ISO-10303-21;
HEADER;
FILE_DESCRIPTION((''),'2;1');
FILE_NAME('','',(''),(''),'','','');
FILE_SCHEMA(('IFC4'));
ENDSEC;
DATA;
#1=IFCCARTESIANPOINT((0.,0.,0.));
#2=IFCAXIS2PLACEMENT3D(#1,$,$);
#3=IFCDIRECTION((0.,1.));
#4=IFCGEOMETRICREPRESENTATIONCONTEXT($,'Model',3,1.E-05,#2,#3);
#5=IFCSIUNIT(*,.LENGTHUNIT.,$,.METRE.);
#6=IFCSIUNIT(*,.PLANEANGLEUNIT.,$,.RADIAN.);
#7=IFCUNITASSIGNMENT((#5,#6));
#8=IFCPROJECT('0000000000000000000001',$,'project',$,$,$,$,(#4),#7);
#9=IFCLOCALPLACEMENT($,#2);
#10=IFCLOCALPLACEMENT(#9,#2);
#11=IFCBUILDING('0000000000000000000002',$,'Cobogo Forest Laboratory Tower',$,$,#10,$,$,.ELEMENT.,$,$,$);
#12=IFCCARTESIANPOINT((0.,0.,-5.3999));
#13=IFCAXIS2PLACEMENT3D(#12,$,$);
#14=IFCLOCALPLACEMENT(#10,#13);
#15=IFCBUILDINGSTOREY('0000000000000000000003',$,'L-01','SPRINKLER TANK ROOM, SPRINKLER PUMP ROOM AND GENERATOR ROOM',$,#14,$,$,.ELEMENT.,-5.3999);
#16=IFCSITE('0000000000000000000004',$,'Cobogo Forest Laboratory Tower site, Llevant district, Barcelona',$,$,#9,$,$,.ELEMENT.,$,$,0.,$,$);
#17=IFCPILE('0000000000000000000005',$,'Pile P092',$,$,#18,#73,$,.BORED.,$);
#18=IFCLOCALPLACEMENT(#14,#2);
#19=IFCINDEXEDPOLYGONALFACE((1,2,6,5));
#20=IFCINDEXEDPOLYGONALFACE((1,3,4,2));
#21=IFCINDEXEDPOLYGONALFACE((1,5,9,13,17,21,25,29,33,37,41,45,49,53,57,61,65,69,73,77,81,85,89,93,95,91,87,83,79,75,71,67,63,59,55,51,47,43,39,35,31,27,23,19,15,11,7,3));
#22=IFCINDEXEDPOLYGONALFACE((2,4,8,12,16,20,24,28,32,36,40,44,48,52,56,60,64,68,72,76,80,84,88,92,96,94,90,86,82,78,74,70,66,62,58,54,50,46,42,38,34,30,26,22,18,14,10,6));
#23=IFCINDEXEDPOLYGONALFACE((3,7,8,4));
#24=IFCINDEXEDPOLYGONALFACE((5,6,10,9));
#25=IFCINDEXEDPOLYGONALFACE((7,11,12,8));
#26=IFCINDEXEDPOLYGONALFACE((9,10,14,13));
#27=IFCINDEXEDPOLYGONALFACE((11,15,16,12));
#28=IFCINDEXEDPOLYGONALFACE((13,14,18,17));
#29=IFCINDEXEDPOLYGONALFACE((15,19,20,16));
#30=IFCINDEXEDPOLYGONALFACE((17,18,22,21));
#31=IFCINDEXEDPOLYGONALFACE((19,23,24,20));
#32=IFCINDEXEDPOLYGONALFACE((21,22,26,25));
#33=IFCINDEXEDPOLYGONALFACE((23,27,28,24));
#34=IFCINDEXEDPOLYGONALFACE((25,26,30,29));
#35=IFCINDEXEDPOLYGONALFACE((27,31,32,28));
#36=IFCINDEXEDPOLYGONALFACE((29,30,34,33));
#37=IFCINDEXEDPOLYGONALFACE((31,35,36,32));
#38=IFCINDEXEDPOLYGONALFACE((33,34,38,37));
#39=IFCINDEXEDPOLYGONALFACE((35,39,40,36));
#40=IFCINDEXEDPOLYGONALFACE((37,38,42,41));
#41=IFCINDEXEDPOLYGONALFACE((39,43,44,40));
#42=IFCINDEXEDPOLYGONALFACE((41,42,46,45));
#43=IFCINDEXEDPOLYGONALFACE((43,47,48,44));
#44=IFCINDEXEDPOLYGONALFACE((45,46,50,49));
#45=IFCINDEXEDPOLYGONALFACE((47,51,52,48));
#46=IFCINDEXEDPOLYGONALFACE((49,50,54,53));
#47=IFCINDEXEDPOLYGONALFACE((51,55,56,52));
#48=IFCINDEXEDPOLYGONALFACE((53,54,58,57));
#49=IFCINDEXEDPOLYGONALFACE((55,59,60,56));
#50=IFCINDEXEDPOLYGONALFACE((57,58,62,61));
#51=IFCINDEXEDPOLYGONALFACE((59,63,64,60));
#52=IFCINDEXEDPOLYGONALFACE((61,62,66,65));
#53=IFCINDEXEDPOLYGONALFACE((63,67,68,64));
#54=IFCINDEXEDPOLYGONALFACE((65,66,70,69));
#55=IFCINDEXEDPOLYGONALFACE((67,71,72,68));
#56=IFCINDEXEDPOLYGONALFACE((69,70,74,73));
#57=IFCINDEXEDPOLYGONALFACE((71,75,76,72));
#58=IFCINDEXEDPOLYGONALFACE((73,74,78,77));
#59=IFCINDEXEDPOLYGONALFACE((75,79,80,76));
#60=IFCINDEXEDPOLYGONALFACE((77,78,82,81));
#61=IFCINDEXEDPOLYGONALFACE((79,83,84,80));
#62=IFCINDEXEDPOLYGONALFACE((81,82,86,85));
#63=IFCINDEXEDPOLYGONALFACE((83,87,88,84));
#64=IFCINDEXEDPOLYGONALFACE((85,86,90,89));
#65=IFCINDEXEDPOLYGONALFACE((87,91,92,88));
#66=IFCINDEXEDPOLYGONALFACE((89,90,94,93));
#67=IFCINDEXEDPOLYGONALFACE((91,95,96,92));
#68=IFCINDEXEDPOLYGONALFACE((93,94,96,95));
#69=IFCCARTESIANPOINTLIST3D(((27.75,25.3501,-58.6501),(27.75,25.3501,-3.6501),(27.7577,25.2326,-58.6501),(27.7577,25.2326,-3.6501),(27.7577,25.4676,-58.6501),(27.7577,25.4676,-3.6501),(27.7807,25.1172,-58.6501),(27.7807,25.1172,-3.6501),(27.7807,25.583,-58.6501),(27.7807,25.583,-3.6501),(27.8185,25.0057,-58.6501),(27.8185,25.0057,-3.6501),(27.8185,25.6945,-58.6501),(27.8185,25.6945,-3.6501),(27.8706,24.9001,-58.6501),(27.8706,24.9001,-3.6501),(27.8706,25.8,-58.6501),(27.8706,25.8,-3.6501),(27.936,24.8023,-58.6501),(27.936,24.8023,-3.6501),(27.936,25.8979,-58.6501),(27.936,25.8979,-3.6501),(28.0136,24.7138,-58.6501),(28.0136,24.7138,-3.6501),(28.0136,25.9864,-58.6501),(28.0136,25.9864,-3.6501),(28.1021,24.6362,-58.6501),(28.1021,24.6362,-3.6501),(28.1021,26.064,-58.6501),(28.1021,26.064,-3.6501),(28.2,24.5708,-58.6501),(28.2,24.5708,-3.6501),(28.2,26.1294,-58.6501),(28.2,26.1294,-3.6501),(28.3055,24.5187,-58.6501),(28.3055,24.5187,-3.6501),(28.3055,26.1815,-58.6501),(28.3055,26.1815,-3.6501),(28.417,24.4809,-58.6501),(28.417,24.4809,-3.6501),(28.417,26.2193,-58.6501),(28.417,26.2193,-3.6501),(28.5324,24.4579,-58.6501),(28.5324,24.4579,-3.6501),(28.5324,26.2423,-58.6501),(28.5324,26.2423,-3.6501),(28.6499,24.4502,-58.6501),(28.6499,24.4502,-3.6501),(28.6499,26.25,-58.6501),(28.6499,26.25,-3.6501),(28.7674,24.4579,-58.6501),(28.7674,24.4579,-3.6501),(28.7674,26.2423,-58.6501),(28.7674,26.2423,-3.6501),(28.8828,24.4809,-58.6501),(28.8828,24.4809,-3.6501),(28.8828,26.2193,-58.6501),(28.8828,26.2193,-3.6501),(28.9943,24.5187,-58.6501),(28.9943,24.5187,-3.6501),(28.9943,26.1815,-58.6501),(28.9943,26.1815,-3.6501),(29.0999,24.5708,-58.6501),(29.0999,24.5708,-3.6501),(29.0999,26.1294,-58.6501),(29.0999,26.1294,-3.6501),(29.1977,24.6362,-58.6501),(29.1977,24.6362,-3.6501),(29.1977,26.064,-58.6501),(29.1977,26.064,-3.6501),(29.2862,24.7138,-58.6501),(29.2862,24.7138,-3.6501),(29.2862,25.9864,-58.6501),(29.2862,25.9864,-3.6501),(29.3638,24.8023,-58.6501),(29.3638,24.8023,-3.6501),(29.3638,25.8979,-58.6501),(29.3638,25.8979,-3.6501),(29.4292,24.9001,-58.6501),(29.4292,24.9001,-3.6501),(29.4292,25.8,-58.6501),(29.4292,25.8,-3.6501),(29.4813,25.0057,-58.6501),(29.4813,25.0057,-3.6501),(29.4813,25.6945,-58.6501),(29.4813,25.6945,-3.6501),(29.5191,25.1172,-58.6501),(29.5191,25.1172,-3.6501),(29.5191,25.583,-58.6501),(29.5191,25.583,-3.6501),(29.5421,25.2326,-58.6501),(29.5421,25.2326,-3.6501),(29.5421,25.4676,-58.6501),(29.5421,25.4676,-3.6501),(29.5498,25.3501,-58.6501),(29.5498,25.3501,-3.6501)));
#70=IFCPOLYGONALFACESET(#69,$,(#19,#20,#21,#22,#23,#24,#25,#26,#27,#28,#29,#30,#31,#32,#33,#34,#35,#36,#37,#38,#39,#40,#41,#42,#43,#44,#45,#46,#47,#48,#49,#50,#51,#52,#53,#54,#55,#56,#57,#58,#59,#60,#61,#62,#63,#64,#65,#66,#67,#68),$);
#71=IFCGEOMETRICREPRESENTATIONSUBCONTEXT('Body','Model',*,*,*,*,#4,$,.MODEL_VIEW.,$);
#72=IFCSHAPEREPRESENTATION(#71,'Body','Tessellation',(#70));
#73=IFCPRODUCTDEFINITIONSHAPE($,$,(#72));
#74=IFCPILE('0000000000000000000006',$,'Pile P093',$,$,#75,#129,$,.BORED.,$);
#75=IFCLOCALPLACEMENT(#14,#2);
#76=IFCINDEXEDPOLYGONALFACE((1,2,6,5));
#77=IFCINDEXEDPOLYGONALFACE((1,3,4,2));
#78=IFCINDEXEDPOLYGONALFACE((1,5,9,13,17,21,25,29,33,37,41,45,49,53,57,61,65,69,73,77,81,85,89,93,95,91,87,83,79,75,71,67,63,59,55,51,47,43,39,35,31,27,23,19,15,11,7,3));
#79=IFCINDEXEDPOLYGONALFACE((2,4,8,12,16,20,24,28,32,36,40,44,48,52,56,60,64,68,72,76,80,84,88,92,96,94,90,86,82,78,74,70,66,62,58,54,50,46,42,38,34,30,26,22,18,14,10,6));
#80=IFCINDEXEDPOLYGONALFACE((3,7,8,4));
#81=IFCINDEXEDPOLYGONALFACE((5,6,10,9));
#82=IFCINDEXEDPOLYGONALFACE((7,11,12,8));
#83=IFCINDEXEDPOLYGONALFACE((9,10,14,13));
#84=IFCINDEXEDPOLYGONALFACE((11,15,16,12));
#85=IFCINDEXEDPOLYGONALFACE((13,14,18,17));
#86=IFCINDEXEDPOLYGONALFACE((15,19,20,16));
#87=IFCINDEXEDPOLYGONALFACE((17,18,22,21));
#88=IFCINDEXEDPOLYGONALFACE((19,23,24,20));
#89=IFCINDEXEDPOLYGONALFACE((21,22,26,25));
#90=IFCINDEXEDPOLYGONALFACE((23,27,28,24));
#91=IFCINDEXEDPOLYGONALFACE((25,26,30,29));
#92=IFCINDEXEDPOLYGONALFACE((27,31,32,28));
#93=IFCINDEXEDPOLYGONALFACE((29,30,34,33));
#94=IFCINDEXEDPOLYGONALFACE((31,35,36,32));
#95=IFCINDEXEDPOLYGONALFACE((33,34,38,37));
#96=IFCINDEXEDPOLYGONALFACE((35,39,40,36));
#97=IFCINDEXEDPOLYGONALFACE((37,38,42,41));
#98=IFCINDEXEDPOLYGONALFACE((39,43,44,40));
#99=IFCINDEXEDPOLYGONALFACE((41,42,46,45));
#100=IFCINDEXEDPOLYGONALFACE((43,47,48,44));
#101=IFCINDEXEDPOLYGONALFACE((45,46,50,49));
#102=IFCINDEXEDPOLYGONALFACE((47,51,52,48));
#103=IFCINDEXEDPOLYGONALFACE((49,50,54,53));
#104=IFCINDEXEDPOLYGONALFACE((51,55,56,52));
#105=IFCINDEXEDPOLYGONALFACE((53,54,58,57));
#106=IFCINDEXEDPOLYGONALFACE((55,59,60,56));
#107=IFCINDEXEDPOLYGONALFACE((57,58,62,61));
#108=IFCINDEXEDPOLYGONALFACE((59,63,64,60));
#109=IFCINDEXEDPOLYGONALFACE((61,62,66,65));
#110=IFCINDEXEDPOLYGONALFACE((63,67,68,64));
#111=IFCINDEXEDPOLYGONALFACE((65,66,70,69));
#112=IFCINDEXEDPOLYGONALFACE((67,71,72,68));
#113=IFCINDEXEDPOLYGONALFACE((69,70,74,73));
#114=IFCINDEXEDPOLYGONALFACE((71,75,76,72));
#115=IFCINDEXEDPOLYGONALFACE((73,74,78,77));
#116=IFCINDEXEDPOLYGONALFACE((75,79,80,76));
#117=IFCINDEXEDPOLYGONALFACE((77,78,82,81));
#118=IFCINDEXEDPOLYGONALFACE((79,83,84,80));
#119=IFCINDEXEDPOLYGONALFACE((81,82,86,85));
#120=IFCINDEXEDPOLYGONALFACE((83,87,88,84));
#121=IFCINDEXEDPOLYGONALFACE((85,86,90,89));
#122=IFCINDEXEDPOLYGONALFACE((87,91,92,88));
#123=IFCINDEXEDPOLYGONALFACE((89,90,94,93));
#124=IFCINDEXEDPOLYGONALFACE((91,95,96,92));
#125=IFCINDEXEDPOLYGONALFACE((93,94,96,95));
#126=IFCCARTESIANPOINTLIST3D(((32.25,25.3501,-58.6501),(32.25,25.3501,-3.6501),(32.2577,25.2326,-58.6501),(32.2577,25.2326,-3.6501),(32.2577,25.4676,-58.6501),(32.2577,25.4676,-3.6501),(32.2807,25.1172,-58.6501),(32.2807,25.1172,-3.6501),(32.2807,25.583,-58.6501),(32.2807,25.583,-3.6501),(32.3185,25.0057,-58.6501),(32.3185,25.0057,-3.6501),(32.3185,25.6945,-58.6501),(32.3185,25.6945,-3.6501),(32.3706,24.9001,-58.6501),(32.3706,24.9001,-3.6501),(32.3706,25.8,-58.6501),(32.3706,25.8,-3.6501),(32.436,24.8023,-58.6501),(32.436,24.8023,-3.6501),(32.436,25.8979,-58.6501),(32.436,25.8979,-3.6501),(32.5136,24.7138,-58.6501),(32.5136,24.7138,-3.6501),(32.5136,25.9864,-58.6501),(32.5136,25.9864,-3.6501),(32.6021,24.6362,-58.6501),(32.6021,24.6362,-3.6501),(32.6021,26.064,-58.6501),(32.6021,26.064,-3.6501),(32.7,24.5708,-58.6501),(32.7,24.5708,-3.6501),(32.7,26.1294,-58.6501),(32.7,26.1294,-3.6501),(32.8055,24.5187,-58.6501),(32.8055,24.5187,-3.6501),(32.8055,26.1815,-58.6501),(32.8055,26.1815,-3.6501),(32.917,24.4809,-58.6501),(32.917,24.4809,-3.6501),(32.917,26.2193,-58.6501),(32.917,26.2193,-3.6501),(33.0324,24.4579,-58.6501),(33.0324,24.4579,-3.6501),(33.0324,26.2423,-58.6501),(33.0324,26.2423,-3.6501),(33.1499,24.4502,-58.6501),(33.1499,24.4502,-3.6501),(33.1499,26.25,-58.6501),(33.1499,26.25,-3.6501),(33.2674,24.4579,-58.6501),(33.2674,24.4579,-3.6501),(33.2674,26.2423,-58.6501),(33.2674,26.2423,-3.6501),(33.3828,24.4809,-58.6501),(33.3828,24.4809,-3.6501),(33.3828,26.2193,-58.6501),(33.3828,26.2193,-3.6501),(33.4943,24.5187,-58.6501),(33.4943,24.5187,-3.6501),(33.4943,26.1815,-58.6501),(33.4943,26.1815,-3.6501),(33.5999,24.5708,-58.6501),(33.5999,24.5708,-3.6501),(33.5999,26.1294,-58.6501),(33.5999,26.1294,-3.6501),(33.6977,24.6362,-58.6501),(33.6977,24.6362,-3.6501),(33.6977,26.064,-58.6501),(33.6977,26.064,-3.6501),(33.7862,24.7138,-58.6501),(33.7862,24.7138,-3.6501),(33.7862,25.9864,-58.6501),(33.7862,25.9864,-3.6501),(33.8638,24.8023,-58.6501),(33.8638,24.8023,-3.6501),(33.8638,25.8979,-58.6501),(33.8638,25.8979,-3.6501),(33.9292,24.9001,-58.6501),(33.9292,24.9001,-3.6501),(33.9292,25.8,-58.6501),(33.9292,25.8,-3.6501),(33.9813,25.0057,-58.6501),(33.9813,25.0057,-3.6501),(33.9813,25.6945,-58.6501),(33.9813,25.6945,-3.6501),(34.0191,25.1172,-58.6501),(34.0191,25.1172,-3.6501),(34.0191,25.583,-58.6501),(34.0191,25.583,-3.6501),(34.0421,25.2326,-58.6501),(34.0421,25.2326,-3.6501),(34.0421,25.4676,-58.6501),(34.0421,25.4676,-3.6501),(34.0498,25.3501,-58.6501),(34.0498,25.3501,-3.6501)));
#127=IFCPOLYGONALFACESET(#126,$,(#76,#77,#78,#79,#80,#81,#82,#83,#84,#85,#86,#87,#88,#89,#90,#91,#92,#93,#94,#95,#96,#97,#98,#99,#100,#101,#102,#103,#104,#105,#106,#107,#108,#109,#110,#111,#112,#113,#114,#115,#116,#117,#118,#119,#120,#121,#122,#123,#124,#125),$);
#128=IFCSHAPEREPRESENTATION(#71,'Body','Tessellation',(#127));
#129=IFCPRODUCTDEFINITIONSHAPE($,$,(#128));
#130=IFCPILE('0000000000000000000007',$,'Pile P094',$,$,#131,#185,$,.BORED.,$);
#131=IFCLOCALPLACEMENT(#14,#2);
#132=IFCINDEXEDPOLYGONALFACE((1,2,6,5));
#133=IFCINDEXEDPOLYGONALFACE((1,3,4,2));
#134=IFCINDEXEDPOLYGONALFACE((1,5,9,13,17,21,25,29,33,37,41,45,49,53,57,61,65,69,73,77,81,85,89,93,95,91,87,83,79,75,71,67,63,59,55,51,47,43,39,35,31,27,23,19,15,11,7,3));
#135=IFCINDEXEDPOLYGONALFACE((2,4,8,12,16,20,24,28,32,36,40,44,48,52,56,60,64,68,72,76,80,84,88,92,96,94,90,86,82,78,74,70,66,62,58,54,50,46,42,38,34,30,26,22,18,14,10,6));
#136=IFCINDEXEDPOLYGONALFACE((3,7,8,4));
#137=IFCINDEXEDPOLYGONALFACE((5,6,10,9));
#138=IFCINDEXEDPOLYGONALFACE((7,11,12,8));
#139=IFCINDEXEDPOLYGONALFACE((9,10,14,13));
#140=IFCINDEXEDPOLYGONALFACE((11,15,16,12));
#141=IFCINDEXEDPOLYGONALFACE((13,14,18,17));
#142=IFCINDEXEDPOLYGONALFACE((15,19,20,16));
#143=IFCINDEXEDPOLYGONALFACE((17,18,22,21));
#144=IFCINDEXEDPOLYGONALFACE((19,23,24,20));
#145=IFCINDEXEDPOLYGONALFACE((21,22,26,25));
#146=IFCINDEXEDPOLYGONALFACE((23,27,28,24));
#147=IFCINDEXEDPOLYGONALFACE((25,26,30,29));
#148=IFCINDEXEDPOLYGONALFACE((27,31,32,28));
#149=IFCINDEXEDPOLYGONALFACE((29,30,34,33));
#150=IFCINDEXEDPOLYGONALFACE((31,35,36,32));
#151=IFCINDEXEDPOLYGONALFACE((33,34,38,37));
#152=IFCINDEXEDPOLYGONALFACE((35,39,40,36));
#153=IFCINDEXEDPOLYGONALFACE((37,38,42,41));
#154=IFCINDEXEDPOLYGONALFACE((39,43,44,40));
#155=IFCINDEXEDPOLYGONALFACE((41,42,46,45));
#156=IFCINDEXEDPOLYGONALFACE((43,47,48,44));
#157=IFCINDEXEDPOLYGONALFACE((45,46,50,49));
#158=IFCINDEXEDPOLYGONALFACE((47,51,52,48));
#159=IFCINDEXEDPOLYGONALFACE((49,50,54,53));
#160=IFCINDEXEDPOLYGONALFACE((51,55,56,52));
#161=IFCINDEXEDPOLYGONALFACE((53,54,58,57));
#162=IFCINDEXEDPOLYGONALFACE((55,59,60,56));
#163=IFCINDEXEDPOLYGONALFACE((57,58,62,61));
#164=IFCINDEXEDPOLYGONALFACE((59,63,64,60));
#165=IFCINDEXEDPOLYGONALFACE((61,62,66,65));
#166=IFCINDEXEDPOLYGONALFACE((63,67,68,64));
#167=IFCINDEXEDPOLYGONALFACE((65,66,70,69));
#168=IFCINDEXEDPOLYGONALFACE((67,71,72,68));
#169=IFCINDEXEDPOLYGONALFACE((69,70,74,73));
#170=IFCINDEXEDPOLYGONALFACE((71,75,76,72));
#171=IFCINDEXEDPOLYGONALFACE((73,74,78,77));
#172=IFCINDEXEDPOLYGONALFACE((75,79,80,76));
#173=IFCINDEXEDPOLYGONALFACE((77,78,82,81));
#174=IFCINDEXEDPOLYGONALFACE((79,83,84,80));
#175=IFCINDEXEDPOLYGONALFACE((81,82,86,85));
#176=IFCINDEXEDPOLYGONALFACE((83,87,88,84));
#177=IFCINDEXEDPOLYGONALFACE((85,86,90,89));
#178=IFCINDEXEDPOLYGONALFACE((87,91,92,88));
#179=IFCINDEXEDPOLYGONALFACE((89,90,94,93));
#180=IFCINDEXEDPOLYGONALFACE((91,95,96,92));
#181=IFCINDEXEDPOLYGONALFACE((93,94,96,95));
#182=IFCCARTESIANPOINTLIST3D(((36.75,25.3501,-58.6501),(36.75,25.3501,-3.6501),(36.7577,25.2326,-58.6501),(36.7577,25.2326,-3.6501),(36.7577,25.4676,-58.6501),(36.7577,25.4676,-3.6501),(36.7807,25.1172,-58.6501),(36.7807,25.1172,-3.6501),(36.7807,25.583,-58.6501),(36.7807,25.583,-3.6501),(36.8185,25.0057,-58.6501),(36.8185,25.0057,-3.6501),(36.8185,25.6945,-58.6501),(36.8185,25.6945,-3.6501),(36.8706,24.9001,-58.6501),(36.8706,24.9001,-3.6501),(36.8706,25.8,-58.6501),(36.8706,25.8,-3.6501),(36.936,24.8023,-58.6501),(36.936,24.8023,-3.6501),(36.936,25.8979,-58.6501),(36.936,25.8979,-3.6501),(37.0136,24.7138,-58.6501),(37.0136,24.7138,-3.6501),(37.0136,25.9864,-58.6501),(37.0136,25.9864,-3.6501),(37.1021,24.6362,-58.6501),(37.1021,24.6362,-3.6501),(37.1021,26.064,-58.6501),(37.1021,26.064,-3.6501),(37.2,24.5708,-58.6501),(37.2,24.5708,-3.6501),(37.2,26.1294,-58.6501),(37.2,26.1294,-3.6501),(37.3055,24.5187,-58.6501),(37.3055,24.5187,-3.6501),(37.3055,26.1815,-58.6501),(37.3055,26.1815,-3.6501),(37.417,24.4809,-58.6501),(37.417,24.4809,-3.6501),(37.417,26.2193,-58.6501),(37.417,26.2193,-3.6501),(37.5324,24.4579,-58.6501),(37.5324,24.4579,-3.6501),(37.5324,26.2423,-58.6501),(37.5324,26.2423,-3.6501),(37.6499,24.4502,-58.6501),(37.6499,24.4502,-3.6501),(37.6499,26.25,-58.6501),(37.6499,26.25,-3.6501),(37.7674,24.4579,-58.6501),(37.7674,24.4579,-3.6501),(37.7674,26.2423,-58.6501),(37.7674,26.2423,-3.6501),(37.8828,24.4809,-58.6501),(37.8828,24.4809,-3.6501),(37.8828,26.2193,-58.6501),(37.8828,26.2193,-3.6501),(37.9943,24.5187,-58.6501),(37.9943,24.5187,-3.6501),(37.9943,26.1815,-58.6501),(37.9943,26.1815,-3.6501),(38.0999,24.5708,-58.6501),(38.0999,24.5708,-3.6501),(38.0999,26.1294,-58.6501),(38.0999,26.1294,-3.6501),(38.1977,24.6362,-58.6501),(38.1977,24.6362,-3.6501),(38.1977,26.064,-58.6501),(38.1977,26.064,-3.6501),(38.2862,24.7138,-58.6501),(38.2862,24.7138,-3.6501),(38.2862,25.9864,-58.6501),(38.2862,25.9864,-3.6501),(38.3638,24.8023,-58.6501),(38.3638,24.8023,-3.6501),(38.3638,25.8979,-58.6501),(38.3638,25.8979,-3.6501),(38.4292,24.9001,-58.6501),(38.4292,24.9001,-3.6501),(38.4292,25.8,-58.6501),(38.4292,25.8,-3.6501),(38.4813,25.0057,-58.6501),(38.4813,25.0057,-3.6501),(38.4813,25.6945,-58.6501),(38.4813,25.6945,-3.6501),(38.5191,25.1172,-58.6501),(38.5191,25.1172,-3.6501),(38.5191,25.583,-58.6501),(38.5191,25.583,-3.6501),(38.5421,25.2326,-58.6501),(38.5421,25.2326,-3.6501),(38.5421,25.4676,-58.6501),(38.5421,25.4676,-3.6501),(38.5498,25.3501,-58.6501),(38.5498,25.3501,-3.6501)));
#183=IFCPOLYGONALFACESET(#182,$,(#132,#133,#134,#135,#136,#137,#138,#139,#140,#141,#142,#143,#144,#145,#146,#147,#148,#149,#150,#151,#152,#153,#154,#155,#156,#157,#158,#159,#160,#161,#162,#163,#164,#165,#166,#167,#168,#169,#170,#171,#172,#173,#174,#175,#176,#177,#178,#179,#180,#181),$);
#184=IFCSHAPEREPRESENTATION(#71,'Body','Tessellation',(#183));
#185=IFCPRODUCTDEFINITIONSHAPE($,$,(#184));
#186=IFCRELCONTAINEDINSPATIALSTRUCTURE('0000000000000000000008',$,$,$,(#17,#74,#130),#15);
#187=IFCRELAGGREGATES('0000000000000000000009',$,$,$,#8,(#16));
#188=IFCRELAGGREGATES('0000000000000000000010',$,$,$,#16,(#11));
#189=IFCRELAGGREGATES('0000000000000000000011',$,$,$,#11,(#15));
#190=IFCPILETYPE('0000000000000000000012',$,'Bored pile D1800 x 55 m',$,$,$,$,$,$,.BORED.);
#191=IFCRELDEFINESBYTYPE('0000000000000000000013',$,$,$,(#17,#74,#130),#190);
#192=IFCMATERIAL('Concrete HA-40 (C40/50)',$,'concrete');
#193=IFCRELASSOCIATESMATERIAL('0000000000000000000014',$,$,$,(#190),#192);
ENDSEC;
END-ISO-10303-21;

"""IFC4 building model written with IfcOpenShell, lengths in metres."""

from ifc_helpers import new_model, si_unit, direction, frame, origin, origin_2d, place, context, subcontext, project, spatial, circle, extrude, material, material_profile, profile_set, type_object, element, save


model = new_model("IFC4")

# Units and contexts
model_context = context("Model", 3, precision=1e-05, world=origin(), true_north=direction((0.0, 1.0)))
body_context = subcontext(model_context, "Body", "Model", "MODEL_VIEW")
ifc_project = project(units=[si_unit("LENGTHUNIT", "METRE"), si_unit("PLANEANGLEUNIT", "RADIAN")], contexts=[model_context])

# Site, building, storey
site_placement = place(None, origin())
site = spatial("IfcSite", under=ifc_project, at=site_placement, Name="Cobogo Forest Laboratory Tower site, Llevant district, Barcelona", CompositionType="ELEMENT", RefElevation=0.0)
building_placement = place(site_placement, origin())
building = spatial("IfcBuilding", under=site, at=building_placement, Name="Cobogo Forest Laboratory Tower", CompositionType="ELEMENT")
storey_placement = place(building_placement, frame((0.0, 0.0, -5.3999)))
storey = spatial("IfcBuildingStorey", under=building, at=storey_placement, Name="L-01", Description="SPRINKLER TANK ROOM, SPRINKLER PUMP ROOM AND GENERATOR ROOM", CompositionType="ELEMENT", Elevation=-5.3999)

# Piles
ifc_material_1 = material(Name="Concrete HA-40 (C40/50)", Category="concrete")
ifc_material_profile_1 = material_profile(ifc_material_1, circle(Radius=0.8999, at=origin_2d()), Name="PILE D1800")
ifc_profile_set_1 = profile_set([ifc_material_profile_1], Name="Concrete HA-40 (C40/50)")
pile_type = type_object("IfcPileType", Name="Bored pile D1800 x 55 m", PredefinedType="BORED", material=ifc_profile_set_1)
for number, where, z_axis, x_axis, name in (
    (1, (28.6499, 25.3501, -3.6501), (0.0, 0.0, -1.0), (1.0, 0.0, 0.0), "Pile P092"),
    (2, (33.1499, 25.3501, -3.6501), (0.0, 0.0, -1.0), (1.0, 0.0, 0.0), "Pile P093"),
    (3, (37.6499, 25.3501, -3.6501), (0.0, 0.0, -1.0), (1.0, 0.0, 0.0), "Pile P094"),
):
    element("IfcPile", number, at=place(storey_placement, frame(where, z_axis=z_axis, x_axis=x_axis)), inside=storey, type_object=pile_type, Name=name, PredefinedType="BORED", context=body_context, shape_type="SweptSolid", body=[
        extrude(circle(Radius=0.8999, at=origin_2d()), origin(), (0.0, 0.0, 1.0), 55.0),
    ])

save(model, "model.ifc")
